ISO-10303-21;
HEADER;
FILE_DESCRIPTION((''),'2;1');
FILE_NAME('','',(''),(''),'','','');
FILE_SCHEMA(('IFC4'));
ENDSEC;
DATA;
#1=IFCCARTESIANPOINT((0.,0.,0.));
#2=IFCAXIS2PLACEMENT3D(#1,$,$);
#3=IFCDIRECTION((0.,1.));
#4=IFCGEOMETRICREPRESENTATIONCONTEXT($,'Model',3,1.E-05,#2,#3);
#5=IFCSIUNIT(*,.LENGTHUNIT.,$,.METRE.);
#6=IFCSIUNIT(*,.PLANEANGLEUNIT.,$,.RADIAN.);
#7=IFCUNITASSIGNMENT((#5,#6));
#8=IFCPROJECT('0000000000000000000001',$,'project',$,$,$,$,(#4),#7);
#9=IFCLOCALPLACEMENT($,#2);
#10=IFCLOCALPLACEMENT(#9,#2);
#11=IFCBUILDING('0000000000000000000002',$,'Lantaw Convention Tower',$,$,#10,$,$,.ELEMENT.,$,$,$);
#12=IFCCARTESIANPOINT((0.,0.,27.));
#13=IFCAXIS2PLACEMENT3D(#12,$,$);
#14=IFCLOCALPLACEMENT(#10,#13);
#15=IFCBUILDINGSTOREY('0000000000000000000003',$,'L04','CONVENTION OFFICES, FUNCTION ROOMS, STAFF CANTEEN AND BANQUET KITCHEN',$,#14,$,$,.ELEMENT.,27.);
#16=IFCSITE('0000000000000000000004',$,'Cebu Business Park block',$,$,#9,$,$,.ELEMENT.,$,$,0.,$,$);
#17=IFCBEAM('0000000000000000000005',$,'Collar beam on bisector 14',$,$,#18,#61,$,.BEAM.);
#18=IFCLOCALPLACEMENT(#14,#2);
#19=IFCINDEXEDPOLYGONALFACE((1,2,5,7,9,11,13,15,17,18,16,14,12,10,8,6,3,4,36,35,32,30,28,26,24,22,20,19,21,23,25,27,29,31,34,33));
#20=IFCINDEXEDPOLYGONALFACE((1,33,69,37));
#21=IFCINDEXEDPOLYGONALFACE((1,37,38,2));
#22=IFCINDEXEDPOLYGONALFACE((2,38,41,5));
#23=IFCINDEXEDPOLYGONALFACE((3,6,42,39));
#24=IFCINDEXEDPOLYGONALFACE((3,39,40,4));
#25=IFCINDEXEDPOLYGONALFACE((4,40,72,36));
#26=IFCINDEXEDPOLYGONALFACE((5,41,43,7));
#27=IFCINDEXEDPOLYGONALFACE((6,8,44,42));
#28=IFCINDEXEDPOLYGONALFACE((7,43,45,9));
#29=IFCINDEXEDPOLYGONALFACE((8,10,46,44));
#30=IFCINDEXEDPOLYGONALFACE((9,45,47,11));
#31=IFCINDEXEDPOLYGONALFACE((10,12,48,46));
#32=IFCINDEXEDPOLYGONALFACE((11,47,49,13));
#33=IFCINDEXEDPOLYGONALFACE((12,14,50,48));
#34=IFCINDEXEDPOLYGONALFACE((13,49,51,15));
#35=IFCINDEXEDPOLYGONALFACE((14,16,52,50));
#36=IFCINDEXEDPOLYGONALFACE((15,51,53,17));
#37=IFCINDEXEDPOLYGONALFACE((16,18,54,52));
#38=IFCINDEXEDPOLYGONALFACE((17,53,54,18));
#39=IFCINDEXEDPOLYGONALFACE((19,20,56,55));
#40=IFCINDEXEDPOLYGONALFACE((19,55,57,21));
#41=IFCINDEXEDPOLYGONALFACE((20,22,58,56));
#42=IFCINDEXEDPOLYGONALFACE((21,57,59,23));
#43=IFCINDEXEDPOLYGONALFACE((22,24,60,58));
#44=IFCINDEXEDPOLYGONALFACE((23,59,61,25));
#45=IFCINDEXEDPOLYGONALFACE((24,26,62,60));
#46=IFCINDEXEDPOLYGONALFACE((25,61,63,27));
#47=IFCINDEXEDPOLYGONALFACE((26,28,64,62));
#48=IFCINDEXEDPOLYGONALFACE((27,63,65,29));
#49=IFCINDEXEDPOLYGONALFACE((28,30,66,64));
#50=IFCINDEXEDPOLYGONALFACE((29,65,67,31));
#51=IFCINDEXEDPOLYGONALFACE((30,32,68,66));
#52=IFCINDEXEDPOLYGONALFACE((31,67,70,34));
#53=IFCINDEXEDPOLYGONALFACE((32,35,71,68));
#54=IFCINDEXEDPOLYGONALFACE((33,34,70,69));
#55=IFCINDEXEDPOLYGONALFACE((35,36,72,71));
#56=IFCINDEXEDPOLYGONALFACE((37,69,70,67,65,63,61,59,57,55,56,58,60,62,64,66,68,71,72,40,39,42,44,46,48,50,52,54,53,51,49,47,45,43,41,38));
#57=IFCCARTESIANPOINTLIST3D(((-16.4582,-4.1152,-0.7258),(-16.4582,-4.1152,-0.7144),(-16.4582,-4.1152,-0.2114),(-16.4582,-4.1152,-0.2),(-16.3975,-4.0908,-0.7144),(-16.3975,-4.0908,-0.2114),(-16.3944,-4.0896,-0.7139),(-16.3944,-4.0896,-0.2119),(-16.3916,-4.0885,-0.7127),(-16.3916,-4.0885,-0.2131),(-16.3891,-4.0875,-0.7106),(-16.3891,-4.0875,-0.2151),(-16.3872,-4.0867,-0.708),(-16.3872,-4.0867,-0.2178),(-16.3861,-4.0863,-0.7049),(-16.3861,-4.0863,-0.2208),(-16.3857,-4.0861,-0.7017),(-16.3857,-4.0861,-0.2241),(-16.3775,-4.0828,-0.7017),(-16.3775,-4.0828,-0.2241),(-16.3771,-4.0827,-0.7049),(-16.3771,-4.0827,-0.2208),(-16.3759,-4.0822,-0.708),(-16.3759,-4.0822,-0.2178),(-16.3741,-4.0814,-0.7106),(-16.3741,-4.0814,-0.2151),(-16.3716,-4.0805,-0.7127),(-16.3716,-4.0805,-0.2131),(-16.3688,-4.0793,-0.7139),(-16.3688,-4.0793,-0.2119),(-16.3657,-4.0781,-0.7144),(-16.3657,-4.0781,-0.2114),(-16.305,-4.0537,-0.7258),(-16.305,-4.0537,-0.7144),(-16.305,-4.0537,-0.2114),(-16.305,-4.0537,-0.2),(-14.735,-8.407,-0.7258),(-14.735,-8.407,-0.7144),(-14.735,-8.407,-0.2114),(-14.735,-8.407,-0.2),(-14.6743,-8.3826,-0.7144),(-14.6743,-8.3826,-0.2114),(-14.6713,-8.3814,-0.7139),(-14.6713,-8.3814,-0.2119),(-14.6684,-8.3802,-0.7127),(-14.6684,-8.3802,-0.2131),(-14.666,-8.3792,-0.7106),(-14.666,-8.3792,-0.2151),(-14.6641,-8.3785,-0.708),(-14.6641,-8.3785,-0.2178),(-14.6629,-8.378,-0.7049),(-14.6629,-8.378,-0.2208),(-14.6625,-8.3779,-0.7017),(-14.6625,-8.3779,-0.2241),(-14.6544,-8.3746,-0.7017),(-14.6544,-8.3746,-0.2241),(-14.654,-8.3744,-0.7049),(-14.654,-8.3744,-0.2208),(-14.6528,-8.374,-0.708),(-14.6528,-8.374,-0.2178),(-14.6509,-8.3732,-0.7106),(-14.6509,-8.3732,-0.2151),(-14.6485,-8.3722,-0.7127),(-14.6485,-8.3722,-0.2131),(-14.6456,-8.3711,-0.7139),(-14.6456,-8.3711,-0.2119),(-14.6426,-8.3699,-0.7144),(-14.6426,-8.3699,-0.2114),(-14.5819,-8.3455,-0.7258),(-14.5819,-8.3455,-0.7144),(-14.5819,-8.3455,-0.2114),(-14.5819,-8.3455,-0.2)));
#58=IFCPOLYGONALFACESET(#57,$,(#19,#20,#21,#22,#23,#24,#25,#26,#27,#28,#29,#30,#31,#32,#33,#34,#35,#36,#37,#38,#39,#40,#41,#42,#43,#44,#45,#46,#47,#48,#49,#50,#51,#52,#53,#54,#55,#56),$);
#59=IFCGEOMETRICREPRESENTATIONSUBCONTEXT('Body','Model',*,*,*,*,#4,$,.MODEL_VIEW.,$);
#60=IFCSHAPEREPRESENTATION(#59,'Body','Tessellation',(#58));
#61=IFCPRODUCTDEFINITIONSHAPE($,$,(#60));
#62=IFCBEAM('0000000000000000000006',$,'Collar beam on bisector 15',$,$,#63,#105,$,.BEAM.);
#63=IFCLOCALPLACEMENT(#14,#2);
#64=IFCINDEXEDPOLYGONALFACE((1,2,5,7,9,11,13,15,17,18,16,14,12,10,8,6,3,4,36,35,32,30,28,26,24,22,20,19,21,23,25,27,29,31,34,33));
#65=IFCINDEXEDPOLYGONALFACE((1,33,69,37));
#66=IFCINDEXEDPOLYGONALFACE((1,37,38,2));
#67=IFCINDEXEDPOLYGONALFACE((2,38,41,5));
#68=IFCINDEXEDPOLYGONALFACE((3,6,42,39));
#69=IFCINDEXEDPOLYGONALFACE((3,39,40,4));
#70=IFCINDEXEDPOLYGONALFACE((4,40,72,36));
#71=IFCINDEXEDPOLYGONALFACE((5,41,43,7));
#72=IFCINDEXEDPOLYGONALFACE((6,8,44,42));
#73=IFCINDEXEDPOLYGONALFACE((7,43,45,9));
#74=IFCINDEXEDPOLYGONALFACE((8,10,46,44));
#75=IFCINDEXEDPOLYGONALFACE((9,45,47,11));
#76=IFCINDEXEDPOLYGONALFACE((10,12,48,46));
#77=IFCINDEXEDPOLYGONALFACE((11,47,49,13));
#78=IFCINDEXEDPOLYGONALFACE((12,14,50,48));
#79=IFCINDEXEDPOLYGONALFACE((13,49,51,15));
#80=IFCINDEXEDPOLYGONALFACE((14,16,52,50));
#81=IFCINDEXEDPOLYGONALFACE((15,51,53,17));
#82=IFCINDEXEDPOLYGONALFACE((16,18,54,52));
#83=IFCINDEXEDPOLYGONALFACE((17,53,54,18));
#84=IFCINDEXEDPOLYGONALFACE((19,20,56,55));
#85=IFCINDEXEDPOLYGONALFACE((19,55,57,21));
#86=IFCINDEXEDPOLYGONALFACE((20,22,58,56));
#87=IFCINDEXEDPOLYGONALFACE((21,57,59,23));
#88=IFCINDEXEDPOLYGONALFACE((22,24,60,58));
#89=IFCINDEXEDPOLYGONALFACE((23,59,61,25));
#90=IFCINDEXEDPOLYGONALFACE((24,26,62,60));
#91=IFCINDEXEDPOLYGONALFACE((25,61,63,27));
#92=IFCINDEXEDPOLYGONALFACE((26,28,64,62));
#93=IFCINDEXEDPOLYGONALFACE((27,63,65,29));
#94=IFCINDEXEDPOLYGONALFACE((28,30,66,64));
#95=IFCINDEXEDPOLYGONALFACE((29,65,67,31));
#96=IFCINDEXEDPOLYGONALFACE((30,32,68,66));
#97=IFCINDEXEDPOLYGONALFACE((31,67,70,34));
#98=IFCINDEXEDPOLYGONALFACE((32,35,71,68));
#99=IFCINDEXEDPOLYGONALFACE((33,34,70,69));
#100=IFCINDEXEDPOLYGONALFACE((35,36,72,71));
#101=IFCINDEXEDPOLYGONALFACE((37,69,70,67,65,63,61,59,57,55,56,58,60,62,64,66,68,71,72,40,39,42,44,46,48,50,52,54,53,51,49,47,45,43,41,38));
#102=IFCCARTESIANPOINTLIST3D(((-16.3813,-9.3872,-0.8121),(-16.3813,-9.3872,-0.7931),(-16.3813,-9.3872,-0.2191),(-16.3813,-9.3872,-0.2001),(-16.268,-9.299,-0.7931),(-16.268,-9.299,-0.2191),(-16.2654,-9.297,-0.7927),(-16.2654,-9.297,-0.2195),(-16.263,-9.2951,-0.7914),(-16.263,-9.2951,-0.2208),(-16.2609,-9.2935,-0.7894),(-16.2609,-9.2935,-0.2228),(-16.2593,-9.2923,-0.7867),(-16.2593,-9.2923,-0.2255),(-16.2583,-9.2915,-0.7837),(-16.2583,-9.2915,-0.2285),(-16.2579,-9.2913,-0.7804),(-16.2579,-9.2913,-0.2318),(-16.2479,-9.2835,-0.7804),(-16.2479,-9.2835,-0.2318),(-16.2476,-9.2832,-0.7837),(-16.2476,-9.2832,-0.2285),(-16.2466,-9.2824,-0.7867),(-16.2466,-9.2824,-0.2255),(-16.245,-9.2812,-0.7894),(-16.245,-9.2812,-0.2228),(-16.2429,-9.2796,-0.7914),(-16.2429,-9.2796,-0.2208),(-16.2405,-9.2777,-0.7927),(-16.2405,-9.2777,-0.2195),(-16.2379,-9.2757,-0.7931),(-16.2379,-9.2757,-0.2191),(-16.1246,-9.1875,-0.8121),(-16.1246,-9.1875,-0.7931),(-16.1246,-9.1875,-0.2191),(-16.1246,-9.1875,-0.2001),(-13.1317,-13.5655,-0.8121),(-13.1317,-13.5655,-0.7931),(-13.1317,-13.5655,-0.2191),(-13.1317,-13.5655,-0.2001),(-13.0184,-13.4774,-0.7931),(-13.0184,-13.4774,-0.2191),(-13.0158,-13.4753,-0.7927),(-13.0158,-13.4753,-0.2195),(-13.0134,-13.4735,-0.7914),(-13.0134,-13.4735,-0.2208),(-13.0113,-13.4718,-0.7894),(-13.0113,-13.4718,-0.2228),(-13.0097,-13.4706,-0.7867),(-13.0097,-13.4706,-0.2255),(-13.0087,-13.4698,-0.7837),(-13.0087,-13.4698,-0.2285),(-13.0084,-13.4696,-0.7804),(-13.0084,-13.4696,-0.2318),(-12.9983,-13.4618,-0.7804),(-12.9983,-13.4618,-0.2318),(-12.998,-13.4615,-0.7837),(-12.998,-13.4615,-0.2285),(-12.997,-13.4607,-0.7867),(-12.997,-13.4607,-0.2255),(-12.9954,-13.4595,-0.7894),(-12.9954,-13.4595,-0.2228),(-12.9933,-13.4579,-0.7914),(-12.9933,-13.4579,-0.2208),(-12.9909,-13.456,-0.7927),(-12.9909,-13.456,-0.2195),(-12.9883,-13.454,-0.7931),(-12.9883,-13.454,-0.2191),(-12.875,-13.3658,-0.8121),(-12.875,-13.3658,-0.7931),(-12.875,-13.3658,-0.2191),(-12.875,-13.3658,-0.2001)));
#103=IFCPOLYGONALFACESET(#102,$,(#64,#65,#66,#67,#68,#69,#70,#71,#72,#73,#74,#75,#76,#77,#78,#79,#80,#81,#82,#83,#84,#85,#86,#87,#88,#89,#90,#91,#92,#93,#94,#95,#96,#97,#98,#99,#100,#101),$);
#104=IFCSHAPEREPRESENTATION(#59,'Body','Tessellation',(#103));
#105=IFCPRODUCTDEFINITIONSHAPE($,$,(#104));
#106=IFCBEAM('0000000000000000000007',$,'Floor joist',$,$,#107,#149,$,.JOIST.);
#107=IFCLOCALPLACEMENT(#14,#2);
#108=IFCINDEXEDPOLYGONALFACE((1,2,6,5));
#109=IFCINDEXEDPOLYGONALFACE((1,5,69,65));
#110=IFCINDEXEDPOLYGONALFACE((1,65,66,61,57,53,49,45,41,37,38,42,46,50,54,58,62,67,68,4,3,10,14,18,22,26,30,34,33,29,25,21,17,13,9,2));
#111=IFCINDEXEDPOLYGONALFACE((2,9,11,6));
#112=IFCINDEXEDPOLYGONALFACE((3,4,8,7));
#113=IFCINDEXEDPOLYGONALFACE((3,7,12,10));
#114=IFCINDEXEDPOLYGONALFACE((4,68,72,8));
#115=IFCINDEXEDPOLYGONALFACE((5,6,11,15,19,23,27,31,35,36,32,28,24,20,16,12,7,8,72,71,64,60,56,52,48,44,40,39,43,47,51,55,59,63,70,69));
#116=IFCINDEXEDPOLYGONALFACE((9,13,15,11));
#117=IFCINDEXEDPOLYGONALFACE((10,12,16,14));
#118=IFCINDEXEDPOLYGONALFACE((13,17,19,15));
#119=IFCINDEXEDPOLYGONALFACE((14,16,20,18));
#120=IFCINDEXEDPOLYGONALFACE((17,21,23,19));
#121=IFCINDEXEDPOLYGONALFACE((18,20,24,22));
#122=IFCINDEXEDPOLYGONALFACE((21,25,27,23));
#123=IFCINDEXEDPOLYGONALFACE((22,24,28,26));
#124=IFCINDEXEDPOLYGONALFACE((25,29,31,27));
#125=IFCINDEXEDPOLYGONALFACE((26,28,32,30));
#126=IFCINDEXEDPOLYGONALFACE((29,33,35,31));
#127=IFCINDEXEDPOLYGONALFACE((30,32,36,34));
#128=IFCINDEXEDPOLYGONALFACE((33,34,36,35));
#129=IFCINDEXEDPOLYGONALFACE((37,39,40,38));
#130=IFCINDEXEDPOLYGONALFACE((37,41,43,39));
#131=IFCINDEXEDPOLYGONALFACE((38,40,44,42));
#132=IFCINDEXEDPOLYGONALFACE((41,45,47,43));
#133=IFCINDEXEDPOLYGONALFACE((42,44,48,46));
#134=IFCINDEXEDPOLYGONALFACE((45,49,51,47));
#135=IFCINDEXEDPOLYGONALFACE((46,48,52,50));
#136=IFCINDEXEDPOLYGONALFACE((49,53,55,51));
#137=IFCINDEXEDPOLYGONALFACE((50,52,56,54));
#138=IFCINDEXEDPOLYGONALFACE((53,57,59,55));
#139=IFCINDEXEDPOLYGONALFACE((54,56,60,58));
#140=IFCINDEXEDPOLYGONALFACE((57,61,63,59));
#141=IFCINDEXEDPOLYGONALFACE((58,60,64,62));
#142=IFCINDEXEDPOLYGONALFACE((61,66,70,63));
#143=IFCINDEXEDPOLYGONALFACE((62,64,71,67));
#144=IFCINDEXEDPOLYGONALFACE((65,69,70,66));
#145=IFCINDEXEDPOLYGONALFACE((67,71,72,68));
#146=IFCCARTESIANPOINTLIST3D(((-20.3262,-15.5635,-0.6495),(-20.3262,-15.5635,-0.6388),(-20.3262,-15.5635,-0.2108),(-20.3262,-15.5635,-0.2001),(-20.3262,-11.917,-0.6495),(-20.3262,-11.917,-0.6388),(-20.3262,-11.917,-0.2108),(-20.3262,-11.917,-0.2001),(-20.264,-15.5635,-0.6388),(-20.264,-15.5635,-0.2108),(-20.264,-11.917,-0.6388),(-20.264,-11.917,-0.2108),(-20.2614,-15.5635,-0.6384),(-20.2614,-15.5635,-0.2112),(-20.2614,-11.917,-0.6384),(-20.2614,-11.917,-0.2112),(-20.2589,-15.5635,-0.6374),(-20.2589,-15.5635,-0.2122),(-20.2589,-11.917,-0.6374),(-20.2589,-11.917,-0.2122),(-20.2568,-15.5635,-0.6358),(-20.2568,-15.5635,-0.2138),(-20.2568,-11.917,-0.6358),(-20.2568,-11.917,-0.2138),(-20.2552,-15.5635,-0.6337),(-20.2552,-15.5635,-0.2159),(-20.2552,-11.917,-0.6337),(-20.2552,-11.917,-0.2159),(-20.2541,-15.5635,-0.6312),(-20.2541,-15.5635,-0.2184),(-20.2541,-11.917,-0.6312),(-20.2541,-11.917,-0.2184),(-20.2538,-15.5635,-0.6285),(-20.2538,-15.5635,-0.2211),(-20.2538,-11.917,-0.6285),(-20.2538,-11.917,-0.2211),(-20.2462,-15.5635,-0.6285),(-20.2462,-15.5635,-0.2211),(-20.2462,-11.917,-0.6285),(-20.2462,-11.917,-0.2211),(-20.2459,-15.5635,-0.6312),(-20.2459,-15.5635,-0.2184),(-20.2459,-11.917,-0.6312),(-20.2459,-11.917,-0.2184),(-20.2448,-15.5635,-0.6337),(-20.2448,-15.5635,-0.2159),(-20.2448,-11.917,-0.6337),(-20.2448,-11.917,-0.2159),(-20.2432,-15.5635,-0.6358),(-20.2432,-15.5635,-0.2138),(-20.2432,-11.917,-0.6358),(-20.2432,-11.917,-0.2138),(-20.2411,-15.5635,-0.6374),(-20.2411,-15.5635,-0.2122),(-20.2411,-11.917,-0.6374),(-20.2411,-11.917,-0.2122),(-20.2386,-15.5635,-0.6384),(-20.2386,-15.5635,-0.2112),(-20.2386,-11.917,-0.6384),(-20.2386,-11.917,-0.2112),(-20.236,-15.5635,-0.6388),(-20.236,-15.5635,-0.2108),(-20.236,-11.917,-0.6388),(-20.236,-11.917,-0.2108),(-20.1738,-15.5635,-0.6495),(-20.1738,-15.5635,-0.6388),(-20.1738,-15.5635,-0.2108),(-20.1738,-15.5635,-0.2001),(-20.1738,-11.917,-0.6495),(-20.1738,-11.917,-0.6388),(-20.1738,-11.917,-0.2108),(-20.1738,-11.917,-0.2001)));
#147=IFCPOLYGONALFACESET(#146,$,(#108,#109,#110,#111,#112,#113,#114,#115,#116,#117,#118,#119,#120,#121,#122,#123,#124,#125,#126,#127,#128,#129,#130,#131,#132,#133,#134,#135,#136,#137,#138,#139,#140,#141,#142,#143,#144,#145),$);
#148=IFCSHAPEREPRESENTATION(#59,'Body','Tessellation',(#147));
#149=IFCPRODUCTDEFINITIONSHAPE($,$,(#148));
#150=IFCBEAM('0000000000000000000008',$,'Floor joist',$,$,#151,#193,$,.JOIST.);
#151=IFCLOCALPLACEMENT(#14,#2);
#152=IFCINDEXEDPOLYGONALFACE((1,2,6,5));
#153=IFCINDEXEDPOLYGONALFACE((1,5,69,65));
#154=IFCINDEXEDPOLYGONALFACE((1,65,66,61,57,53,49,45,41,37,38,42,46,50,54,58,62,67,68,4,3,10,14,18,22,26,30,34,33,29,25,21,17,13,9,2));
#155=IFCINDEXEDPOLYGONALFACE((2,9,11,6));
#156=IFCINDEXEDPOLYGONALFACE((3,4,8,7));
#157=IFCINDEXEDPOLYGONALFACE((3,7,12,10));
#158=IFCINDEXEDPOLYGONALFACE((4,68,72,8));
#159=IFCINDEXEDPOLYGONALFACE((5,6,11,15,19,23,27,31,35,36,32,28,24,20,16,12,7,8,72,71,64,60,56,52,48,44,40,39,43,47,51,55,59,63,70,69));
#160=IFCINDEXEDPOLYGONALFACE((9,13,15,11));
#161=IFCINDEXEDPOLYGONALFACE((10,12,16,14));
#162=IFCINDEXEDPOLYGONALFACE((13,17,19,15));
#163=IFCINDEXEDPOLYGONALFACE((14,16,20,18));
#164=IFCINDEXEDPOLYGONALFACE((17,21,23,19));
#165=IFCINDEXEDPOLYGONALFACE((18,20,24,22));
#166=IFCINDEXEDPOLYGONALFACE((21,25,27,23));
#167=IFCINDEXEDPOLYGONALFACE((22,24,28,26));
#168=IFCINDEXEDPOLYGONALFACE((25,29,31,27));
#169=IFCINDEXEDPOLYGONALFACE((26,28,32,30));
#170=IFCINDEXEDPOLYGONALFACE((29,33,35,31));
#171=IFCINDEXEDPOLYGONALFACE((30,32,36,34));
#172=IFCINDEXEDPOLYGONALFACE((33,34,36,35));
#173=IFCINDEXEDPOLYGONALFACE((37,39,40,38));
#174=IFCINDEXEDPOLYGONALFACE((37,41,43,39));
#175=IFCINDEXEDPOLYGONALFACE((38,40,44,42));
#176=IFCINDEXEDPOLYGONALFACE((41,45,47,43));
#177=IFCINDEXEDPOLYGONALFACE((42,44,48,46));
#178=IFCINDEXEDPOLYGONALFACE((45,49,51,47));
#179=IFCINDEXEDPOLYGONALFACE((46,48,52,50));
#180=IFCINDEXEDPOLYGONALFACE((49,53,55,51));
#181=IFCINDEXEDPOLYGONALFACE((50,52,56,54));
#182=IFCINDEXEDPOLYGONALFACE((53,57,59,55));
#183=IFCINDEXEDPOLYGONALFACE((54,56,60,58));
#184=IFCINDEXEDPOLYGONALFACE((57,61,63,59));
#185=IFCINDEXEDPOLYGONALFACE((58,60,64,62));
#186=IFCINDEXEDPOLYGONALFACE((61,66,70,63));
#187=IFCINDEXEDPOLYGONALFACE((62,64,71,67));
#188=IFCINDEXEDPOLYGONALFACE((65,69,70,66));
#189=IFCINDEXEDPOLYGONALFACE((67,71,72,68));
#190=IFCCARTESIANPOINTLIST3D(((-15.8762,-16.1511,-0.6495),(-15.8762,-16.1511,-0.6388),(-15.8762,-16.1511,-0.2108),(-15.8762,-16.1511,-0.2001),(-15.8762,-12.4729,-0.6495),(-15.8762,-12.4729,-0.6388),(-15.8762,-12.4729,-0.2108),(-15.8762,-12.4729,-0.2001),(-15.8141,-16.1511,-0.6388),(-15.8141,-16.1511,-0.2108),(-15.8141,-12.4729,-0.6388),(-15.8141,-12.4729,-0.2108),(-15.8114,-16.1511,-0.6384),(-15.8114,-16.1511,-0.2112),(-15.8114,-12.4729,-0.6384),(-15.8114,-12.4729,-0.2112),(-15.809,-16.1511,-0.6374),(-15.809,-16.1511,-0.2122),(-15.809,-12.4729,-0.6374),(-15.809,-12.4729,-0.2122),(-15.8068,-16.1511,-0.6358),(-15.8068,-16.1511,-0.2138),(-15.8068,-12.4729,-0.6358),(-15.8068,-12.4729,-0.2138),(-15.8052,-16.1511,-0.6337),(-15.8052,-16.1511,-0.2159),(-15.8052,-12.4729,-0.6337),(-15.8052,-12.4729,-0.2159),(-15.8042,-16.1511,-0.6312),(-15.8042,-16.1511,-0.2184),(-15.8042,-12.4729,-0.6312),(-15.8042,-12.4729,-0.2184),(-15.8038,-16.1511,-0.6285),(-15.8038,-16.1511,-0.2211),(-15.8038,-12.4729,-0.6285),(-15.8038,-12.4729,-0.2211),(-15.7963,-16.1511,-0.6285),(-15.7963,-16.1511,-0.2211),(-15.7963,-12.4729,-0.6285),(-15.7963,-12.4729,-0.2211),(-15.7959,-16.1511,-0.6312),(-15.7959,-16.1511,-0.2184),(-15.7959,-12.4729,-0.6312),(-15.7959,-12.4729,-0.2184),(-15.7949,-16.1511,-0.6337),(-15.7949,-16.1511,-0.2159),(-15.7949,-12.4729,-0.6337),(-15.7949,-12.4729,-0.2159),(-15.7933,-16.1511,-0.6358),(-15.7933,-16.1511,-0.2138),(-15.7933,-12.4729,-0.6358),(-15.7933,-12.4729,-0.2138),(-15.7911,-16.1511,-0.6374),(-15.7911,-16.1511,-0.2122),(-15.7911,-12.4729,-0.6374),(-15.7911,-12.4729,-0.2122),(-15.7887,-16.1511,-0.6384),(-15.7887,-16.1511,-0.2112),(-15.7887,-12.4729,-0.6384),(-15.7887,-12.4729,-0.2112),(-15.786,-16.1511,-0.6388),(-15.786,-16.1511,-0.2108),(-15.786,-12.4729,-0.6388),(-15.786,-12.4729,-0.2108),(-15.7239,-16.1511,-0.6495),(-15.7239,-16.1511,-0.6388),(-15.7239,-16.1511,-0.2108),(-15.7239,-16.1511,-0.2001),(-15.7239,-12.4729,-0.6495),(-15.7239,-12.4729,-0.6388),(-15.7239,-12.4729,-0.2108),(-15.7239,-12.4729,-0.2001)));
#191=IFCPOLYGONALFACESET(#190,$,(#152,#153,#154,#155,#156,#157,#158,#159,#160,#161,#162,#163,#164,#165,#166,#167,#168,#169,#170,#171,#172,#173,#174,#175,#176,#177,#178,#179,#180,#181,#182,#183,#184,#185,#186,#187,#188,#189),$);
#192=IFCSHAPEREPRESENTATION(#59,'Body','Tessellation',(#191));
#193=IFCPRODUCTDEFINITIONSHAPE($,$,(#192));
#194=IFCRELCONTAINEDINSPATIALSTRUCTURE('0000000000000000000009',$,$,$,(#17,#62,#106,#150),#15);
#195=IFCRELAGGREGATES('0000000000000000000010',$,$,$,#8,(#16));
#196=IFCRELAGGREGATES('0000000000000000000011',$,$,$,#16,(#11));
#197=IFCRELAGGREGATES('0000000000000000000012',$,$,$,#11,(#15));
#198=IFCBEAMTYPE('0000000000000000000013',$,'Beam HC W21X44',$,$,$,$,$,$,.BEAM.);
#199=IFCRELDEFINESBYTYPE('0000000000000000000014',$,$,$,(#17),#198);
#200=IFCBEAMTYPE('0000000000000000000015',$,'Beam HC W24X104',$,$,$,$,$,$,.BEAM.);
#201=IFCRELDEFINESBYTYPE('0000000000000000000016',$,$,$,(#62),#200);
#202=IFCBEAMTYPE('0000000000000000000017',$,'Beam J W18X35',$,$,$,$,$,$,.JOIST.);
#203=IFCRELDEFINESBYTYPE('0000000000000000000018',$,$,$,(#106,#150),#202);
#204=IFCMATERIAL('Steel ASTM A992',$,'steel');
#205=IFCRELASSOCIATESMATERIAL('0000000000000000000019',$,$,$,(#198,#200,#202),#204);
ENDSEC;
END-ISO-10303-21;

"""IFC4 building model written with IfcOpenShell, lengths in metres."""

from ifc_helpers import new_model, si_unit, direction, frame, origin, origin_2d, place, context, subcontext, project, spatial, i_section, extrude, material, material_profile, profile_set, type_object, element, save


model = new_model("IFC4")

# Units and contexts
model_context = context("Model", 3, precision=1e-05, world=origin(), true_north=direction((0.0, 1.0)))
body_context = subcontext(model_context, "Body", "Model", "MODEL_VIEW")
ifc_project = project(units=[si_unit("LENGTHUNIT", "METRE"), si_unit("PLANEANGLEUNIT", "RADIAN")], contexts=[model_context])

# Site, building, storey
site_placement = place(None, origin())
site = spatial("IfcSite", under=ifc_project, at=site_placement, Name="Cebu Business Park block", CompositionType="ELEMENT", RefElevation=0.0)
building_placement = place(site_placement, origin())
building = spatial("IfcBuilding", under=site, at=building_placement, Name="Lantaw Convention Tower", CompositionType="ELEMENT")
storey_placement = place(building_placement, frame((0.0, 0.0, 27.0)))
storey = spatial("IfcBuildingStorey", under=building, at=storey_placement, Name="L04", Description="CONVENTION OFFICES, FUNCTION ROOMS, STAFF CANTEEN AND BANQUET KITCHEN", CompositionType="ELEMENT", Elevation=27.0)

# Beams
ifc_material_1 = material(Name="Steel ASTM A992", Category="steel")
ifc_material_profile_1 = material_profile(ifc_material_1, i_section(OverallWidth=0.165, OverallDepth=0.5259, WebThickness=0.0088, FlangeThickness=0.0115, FilletRadius=0.0127, at=origin_2d()), Name="W21X44")
ifc_profile_set_1 = profile_set([ifc_material_profile_1], Name="Steel ASTM A992")
beam_type_1 = type_object("IfcBeamType", Name="Beam HC W21X44", PredefinedType="BEAM", material=ifc_profile_set_1)
beam_1_placement = place(storey_placement, frame((-16.3816, -4.0845, -0.4629), z_axis=(0.372592, -0.927995, 0.0), x_axis=(0.927995, 0.372592, 0.0)))
element("IfcBeam", 1, at=beam_1_placement, inside=storey, type_object=beam_type_1, Name="Collar beam on bisector 14", PredefinedType="BEAM", context=body_context, shape_type="SweptSolid", body=[
    extrude(i_section(OverallWidth=0.165, OverallDepth=0.5259, WebThickness=0.0088, FlangeThickness=0.0115, FilletRadius=0.0127, at=origin_2d()), origin(), (0.0, 0.0, 1.0), 4.6248),
])
ifc_material_profile_2 = material_profile(ifc_material_1, i_section(OverallWidth=0.3252, OverallDepth=0.6121, WebThickness=0.0127, FlangeThickness=0.019, FilletRadius=0.0127, at=origin_2d()), Name="W24X104")
ifc_profile_set_2 = profile_set([ifc_material_profile_2], Name="Steel ASTM A992")
beam_type_2 = type_object("IfcBeamType", Name="Beam HC W24X104", PredefinedType="BEAM", material=ifc_profile_set_2)
beam_2_placement = place(storey_placement, frame((-16.2529, -9.2874, -0.5061), z_axis=(0.613915, -0.789372, 0.0), x_axis=(0.789372, 0.613915, 0.0)))
element("IfcBeam", 2, at=beam_2_placement, inside=storey, type_object=beam_type_2, Name="Collar beam on bisector 15", PredefinedType="BEAM", context=body_context, shape_type="SweptSolid", body=[
    extrude(i_section(OverallWidth=0.3252, OverallDepth=0.6121, WebThickness=0.0127, FlangeThickness=0.019, FilletRadius=0.0127, at=origin_2d()), origin(), (0.0, 0.0, 1.0), 5.2932),
])
ifc_material_profile_3 = material_profile(ifc_material_1, i_section(OverallWidth=0.1523, OverallDepth=0.4495, WebThickness=0.0076, FlangeThickness=0.0107, FilletRadius=0.0103, at=origin_2d()), Name="W18X35")
ifc_profile_set_3 = profile_set([ifc_material_profile_3], Name="Steel ASTM A992")
beam_type_3 = type_object("IfcBeamType", Name="Beam J W18X35", PredefinedType="JOIST", material=ifc_profile_set_3)
beam_3_placement = place(storey_placement, frame((-20.25, -15.5635, -0.4248), z_axis=(0.0, 1.0, 0.0), x_axis=(-1.0, 0.0, 0.0)))
element("IfcBeam", 3, at=beam_3_placement, inside=storey, type_object=beam_type_3, Name="Floor joist", PredefinedType="JOIST", context=body_context, shape_type="SweptSolid", body=[
    extrude(i_section(OverallWidth=0.1523, OverallDepth=0.4495, WebThickness=0.0076, FlangeThickness=0.0107, FilletRadius=0.0103, at=origin_2d()), origin(), (0.0, 0.0, 1.0), 3.6465),
])
beam_4_placement = place(storey_placement, frame((-15.8, -16.1511, -0.4248), z_axis=(0.0, 1.0, 0.0), x_axis=(-1.0, 0.0, 0.0)))
element("IfcBeam", 4, at=beam_4_placement, inside=storey, type_object=beam_type_3, Name="Floor joist", PredefinedType="JOIST", context=body_context, shape_type="SweptSolid", body=[
    extrude(i_section(OverallWidth=0.1523, OverallDepth=0.4495, WebThickness=0.0076, FlangeThickness=0.0107, FilletRadius=0.0103, at=origin_2d()), origin(), (0.0, 0.0, 1.0), 3.6782),
])

save(model, "model.ifc")
